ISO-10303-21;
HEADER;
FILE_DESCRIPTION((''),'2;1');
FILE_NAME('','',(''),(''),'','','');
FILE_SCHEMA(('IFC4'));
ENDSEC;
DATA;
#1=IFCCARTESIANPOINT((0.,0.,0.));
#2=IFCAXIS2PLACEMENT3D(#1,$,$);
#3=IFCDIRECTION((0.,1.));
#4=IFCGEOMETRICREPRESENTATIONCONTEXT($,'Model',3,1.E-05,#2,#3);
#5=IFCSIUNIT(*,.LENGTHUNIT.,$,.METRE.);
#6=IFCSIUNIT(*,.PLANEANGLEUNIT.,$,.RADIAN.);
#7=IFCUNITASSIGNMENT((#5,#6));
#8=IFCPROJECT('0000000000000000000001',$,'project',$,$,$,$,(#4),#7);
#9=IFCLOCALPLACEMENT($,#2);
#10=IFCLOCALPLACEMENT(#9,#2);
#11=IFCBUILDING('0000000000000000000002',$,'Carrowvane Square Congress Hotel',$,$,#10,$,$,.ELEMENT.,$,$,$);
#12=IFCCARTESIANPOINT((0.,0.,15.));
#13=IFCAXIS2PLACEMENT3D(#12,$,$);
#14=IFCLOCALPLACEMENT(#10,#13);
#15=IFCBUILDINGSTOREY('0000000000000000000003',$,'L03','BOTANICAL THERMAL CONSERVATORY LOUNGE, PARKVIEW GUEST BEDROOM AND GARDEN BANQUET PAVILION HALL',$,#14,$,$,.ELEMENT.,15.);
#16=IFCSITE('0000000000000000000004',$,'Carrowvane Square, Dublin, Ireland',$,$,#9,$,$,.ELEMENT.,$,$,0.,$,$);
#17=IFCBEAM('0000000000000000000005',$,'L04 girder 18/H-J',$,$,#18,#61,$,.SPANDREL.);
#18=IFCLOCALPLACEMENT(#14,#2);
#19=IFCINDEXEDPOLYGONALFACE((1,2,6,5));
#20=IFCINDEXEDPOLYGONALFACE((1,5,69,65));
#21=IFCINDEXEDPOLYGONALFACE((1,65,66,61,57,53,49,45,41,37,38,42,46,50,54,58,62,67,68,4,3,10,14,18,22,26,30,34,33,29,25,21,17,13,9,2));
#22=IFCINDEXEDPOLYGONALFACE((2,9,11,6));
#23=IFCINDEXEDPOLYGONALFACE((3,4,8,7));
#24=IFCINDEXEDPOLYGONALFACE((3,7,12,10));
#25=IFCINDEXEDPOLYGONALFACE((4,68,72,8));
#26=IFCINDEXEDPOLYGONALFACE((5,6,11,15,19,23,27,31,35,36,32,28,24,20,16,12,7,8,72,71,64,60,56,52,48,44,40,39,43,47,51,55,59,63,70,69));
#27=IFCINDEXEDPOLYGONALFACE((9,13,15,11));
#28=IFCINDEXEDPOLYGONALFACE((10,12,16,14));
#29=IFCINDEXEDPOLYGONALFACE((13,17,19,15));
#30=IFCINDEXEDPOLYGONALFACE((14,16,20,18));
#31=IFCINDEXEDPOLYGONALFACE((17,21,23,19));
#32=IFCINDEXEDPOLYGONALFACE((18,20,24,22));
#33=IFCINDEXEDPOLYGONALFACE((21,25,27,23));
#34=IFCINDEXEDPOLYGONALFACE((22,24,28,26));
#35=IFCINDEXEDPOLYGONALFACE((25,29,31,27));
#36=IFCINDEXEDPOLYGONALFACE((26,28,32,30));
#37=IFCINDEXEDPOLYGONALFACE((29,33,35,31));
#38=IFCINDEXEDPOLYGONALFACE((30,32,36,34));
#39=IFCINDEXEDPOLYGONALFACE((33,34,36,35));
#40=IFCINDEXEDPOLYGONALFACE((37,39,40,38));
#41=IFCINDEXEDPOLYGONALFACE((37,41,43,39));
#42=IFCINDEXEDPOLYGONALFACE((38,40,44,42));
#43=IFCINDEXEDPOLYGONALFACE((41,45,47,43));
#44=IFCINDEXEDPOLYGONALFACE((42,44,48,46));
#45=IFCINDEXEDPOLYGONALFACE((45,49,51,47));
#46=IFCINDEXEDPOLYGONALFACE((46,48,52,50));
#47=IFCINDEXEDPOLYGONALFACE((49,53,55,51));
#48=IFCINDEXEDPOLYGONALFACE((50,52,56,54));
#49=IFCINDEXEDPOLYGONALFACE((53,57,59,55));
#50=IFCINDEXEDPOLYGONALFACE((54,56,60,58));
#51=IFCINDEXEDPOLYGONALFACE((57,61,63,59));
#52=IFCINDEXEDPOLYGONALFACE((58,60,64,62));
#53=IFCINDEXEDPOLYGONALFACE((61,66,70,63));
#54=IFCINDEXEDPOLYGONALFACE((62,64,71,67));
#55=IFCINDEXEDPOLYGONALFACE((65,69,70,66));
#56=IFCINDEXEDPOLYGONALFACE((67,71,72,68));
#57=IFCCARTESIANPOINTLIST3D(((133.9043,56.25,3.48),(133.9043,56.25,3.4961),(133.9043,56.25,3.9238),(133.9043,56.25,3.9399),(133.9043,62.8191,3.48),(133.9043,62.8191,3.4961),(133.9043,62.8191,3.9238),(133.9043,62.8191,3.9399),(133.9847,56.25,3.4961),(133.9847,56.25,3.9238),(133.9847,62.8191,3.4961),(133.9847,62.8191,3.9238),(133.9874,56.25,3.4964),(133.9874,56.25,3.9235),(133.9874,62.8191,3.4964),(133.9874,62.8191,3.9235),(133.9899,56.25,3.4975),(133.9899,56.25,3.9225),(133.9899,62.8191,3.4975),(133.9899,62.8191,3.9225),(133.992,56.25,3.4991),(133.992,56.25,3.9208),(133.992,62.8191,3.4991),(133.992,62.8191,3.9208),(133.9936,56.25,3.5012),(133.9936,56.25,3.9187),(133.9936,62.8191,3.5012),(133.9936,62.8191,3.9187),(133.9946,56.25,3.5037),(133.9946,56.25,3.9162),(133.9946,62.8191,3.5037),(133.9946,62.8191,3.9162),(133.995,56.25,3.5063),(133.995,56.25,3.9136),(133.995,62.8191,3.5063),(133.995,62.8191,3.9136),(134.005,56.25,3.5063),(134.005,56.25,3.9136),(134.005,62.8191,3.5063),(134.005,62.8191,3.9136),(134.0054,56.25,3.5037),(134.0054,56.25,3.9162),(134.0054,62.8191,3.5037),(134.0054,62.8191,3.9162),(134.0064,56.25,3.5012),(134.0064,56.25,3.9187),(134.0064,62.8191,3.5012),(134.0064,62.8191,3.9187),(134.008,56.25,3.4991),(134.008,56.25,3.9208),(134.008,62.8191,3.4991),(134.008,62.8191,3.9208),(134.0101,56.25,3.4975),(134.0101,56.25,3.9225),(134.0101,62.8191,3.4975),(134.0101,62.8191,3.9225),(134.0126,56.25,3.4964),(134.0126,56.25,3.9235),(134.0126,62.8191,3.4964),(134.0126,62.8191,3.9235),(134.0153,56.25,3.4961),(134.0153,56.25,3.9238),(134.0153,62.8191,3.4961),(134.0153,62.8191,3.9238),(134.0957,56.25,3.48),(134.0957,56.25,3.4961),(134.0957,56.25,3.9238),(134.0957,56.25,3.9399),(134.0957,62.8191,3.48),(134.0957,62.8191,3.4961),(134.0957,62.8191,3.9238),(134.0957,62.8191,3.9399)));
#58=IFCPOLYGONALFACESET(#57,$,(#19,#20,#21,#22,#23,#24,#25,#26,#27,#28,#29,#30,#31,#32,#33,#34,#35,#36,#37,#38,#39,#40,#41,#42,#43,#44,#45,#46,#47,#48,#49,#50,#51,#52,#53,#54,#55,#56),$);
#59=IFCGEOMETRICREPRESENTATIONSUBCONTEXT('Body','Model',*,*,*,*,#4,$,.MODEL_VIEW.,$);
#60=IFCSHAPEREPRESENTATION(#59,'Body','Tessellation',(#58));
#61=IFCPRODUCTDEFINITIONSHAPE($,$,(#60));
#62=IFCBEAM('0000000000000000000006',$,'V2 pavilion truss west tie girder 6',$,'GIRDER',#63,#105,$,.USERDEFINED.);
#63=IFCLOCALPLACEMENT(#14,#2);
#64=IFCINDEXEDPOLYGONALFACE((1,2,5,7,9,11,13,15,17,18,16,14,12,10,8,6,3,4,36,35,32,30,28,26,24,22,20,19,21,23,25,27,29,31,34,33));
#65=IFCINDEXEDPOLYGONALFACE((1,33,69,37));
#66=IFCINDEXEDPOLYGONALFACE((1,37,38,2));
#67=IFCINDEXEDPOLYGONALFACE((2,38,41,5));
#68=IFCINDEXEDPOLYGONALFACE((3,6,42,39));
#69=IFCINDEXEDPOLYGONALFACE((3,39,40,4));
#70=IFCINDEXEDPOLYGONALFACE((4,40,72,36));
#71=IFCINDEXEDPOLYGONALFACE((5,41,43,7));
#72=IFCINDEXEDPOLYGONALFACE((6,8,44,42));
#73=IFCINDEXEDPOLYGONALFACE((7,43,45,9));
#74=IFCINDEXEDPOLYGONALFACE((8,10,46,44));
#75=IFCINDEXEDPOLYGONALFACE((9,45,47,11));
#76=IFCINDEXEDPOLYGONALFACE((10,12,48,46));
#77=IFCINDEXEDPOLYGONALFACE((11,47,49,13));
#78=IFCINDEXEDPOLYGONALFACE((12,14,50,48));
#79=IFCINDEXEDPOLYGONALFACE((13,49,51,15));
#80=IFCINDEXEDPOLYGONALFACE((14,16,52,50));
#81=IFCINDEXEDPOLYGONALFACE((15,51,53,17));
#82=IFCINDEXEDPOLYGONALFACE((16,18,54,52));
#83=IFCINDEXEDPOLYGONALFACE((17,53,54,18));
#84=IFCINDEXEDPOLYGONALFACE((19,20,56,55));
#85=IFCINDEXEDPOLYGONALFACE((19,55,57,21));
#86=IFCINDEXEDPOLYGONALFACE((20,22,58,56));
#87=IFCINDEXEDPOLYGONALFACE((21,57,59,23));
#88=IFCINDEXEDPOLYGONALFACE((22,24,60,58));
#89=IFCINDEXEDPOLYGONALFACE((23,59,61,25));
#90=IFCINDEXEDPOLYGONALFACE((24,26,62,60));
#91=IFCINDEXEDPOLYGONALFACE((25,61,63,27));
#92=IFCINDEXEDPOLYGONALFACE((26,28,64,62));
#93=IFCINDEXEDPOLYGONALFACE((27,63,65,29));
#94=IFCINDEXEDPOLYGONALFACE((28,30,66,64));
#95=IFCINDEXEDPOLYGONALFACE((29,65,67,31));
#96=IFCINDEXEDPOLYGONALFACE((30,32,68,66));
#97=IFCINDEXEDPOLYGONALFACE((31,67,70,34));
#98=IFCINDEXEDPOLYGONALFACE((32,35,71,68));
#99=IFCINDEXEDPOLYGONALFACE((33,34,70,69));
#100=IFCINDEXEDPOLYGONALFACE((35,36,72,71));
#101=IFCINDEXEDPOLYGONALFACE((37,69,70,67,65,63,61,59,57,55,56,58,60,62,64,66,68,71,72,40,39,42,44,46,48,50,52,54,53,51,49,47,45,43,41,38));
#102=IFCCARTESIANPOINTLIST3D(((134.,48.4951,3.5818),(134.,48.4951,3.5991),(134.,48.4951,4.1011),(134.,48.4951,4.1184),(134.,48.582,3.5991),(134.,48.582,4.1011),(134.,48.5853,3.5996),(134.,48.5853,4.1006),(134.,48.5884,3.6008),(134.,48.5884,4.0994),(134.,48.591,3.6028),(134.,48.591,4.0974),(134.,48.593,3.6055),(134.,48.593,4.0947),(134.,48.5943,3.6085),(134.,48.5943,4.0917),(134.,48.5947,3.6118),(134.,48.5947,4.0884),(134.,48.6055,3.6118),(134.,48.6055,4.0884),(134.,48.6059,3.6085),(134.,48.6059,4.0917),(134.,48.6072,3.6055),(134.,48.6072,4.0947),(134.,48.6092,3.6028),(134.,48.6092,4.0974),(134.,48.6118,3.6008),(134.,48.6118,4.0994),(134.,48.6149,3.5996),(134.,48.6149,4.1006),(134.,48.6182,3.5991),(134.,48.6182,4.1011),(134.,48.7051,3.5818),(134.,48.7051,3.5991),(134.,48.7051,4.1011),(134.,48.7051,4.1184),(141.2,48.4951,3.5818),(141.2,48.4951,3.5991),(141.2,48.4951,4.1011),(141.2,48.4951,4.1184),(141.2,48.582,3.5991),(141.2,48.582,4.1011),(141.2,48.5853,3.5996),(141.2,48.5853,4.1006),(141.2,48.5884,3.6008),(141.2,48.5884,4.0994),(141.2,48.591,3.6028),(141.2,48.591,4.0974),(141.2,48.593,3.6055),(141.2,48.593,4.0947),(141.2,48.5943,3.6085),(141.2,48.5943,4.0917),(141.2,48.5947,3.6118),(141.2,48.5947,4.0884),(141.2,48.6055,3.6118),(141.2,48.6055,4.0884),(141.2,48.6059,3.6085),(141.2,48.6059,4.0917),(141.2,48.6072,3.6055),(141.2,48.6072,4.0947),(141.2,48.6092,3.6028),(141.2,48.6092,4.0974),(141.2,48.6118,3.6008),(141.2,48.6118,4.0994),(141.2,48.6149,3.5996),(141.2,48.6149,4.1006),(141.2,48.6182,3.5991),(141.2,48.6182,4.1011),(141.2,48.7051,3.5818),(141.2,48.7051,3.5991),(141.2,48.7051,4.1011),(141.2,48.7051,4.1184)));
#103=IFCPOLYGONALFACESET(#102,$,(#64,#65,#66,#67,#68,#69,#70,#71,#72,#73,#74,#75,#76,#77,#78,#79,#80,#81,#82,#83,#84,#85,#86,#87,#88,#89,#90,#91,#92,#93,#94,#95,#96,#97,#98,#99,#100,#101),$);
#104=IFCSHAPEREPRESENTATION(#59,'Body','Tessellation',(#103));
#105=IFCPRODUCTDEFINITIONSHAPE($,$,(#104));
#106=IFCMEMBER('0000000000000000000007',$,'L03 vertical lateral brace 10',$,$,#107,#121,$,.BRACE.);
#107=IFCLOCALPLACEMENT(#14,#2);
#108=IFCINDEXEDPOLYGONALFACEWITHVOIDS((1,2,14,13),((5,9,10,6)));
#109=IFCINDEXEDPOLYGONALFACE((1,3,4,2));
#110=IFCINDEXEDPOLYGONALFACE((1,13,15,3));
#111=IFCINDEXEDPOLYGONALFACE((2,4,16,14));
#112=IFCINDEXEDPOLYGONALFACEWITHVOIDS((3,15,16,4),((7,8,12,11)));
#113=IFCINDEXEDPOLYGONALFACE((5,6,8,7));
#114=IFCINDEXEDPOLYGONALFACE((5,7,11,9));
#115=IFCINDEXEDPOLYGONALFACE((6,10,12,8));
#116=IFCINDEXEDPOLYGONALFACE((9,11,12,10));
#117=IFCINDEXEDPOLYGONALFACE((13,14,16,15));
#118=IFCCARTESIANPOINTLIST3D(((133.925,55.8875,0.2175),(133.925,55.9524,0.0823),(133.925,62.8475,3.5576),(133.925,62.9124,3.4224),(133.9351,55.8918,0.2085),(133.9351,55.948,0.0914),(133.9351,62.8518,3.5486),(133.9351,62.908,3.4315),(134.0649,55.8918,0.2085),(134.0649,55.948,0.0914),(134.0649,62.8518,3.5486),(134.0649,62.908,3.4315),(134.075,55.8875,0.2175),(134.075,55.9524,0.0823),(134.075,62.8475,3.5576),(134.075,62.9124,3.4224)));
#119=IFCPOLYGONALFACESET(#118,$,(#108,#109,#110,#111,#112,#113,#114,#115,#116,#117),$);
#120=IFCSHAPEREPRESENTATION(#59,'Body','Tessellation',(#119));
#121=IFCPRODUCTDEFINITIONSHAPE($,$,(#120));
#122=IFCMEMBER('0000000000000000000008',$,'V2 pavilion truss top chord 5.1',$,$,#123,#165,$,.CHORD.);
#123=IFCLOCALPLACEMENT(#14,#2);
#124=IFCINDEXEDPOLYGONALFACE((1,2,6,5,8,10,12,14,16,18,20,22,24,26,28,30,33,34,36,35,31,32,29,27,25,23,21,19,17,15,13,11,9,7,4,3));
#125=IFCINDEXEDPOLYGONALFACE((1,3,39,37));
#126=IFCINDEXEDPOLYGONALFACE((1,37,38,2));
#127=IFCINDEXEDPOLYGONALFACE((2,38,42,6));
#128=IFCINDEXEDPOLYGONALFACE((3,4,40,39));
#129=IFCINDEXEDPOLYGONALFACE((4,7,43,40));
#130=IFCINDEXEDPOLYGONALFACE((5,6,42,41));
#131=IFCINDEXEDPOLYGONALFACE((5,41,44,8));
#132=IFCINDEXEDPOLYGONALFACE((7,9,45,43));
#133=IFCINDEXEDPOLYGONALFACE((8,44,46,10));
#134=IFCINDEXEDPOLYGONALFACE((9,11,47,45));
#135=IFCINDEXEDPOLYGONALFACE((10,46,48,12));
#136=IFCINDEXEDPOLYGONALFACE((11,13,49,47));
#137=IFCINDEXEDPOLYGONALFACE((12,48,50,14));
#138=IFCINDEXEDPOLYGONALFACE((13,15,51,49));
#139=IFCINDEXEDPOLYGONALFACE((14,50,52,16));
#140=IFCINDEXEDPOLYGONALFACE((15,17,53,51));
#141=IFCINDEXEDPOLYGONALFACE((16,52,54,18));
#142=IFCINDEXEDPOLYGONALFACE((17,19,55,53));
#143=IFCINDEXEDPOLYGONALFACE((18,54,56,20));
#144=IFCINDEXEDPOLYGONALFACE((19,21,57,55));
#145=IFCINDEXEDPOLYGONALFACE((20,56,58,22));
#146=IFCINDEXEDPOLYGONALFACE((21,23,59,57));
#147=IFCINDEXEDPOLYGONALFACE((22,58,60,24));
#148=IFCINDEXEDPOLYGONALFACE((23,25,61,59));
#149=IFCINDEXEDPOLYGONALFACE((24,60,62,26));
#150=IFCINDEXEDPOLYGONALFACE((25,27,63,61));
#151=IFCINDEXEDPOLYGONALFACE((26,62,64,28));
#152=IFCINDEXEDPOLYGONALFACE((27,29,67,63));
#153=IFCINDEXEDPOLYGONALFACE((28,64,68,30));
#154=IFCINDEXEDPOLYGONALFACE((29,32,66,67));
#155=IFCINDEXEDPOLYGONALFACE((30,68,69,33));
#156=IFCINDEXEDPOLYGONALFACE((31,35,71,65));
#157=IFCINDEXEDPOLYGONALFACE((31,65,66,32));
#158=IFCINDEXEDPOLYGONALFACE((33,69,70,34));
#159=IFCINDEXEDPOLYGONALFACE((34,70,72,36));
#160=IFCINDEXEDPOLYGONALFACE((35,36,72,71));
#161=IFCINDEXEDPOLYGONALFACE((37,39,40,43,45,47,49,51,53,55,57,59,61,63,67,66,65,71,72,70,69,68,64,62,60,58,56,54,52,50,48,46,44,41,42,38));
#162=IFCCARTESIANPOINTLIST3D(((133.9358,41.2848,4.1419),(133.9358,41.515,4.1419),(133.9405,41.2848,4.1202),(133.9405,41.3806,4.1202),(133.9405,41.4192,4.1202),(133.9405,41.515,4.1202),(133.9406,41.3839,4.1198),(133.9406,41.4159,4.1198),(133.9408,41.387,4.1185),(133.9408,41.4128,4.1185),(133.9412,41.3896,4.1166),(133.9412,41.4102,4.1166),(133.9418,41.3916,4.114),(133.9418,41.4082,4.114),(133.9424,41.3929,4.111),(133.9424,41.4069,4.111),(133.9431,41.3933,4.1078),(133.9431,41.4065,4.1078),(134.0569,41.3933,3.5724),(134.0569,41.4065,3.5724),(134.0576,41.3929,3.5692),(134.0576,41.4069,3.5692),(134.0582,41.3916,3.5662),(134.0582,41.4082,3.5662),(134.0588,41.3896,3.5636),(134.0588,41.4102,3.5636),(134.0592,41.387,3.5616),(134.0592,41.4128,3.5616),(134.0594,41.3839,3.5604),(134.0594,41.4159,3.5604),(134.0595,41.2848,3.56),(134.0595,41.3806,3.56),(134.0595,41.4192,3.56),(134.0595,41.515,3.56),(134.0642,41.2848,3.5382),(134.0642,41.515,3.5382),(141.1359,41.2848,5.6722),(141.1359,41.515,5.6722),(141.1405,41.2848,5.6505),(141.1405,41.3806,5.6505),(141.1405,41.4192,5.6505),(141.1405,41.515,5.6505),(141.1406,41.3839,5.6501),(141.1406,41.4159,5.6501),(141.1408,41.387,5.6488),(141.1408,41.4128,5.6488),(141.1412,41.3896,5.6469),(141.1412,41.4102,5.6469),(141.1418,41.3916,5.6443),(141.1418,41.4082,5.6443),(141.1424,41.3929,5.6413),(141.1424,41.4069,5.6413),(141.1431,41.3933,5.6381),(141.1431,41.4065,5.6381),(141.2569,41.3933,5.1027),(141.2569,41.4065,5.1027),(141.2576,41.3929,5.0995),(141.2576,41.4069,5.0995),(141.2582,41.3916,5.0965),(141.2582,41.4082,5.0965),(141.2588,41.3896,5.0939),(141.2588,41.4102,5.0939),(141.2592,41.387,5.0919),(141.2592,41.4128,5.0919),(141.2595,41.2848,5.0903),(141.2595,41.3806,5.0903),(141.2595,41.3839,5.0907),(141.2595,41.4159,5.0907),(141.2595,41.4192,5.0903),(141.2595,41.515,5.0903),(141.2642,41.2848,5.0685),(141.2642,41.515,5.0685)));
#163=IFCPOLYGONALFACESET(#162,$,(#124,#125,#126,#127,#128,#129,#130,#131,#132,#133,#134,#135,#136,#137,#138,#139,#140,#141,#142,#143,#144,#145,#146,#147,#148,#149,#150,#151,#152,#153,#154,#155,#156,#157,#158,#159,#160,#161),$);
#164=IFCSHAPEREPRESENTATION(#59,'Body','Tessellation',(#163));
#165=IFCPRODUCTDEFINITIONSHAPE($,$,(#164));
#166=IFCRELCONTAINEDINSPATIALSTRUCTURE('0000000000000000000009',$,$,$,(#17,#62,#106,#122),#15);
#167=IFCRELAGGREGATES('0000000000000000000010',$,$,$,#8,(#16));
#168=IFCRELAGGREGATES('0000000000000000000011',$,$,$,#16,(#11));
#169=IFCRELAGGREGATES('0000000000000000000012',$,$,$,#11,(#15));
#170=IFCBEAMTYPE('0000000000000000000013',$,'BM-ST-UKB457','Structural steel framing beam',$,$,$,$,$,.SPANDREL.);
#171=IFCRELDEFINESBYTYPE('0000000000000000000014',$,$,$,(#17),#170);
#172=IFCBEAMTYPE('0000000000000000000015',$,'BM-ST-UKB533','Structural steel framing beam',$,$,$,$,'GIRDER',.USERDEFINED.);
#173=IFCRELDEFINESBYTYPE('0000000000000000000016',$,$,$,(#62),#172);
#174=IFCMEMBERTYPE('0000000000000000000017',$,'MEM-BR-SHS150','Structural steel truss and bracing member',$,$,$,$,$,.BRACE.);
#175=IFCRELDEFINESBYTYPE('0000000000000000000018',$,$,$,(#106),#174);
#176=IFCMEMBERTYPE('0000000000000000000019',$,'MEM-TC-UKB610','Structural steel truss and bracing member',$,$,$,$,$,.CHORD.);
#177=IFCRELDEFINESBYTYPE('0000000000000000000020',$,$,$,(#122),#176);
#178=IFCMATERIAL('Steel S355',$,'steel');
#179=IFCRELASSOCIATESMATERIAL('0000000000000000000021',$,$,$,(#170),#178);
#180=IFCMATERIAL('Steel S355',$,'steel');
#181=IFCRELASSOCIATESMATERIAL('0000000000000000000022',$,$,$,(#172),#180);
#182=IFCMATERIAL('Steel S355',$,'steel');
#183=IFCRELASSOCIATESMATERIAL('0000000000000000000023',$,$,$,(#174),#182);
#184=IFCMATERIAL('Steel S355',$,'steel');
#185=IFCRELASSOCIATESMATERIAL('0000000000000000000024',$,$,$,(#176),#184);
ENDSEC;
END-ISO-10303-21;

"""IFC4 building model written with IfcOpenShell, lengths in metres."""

from ifc_helpers import new_model, si_unit, direction, frame, origin, origin_2d, place, context, subcontext, project, spatial, hollow_rectangle, i_section, extrude, material, material_profile, profile_set, type_object, element, save


model = new_model("IFC4")

# Units and contexts
model_context = context("Model", 3, precision=1e-05, world=origin(), true_north=direction((0.0, 1.0)))
body_context = subcontext(model_context, "Body", "Model", "MODEL_VIEW")
ifc_project = project(units=[si_unit("LENGTHUNIT", "METRE"), si_unit("PLANEANGLEUNIT", "RADIAN")], contexts=[model_context])

# Site, building, storey
site_placement = place(None, origin())
site = spatial("IfcSite", under=ifc_project, at=site_placement, Name="Carrowvane Square, Dublin, Ireland", CompositionType="ELEMENT", RefElevation=0.0)
building_placement = place(site_placement, origin())
building = spatial("IfcBuilding", under=site, at=building_placement, Name="Carrowvane Square Congress Hotel", CompositionType="ELEMENT")
storey_placement = place(building_placement, frame((0.0, 0.0, 15.0)))
storey = spatial("IfcBuildingStorey", under=building, at=storey_placement, Name="L03", Description="BOTANICAL THERMAL CONSERVATORY LOUNGE, PARKVIEW GUEST BEDROOM AND GARDEN BANQUET PAVILION HALL", CompositionType="ELEMENT", Elevation=15.0)

# Beams
ifc_material_1 = material(Name="Steel S355", Category="steel")
ifc_material_profile_1 = material_profile(ifc_material_1, i_section(OverallWidth=0.1914, OverallDepth=0.46, WebThickness=0.01, FlangeThickness=0.0161, FilletRadius=0.0103, at=origin_2d()), Name="UKB 457x191x82")
ifc_profile_set_1 = profile_set([ifc_material_profile_1], Name="Steel S355")
beam_type_1 = type_object("IfcBeamType", Name="BM-ST-UKB457", Description="Structural steel framing beam", PredefinedType="SPANDREL", material=ifc_profile_set_1)
beam_1_placement = place(storey_placement, frame((134.0, 56.25, 3.71), z_axis=(0.0, 1.0, 0.0), x_axis=(-1.0, 0.0, 0.0)))
element("IfcBeam", 1, at=beam_1_placement, inside=storey, type_object=beam_type_1, Name="L04 girder 18/H-J", PredefinedType="SPANDREL", context=body_context, shape_type="SweptSolid", body=[
    extrude(i_section(OverallWidth=0.1914, OverallDepth=0.46, WebThickness=0.01, FlangeThickness=0.0161, FilletRadius=0.0103, at=origin_2d()), origin(), (0.0, 0.0, 1.0), 6.5691),
])
ifc_material_2 = material(Name="Steel S355", Category="steel")
ifc_material_profile_2 = material_profile(ifc_material_2, i_section(OverallWidth=0.21, OverallDepth=0.5366, WebThickness=0.0107, FlangeThickness=0.0173, FilletRadius=0.0127, at=origin_2d()), Name="UKB 533x210x101")
ifc_profile_set_2 = profile_set([ifc_material_profile_2], Name="Steel S355")
beam_type_2 = type_object("IfcBeamType", Name="BM-ST-UKB533", Description="Structural steel framing beam", ElementType="GIRDER", PredefinedType="USERDEFINED", material=ifc_profile_set_2)
beam_2_placement = place(storey_placement, frame((134.0, 48.6001, 3.8501), z_axis=(1.0, 0.0, 0.0), x_axis=(0.0, 1.0, 0.0)))
element("IfcBeam", 2, at=beam_2_placement, inside=storey, type_object=beam_type_2, Name="V2 pavilion truss west tie girder 6", ObjectType="GIRDER", PredefinedType="USERDEFINED", context=body_context, shape_type="SweptSolid", body=[
    extrude(i_section(OverallWidth=0.21, OverallDepth=0.5366, WebThickness=0.0107, FlangeThickness=0.0173, FilletRadius=0.0127, at=origin_2d()), origin(), (0.0, 0.0, 1.0), 7.2),
])

# Members
ifc_material_3 = material(Name="Steel S355", Category="steel")
ifc_material_profile_3 = material_profile(ifc_material_3, hollow_rectangle(XDim=0.1499, YDim=0.1499, WallThickness=0.01, at=origin_2d()), Name="SHS 150x150x10")
ifc_profile_set_3 = profile_set([ifc_material_profile_3], Name="Steel S355")
member_type_1 = type_object("IfcMemberType", Name="MEM-BR-SHS150", Description="Structural steel truss and bracing member", PredefinedType="BRACE", material=ifc_profile_set_3)
member_placement = place(storey_placement, frame((134.0, 55.9199, 0.1499), z_axis=(0.0, 0.901558, 0.432658), x_axis=(-1.0, 0.0, 0.0)))
element("IfcMember", 3, at=member_placement, inside=storey, type_object=member_type_1, Name="L03 vertical lateral brace 10", PredefinedType="BRACE", context=body_context, shape_type="SweptSolid", body=[
    extrude(hollow_rectangle(XDim=0.1499, YDim=0.1499, WallThickness=0.01, at=origin_2d()), origin(), (0.0, 0.0, 1.0), 7.72),
])
ifc_material_4 = material(Name="Steel S355", Category="steel")
ifc_material_profile_4 = material_profile(ifc_material_4, i_section(OverallWidth=0.2302, OverallDepth=0.6172, WebThickness=0.0132, FlangeThickness=0.0222, FilletRadius=0.0127, at=origin_2d()), Name="UKB 610x229x140")
ifc_profile_set_4 = profile_set([ifc_material_profile_4], Name="Steel S355")
member_type_2 = type_object("IfcMemberType", Name="MEM-TC-UKB610", Description="Structural steel truss and bracing member", PredefinedType="CHORD", material=ifc_profile_set_4)
for number, where, z_axis, x_axis, name in (
    (4, (134.0, 41.3999, 3.8401), (0.978151, 0.0, 0.207896), (0.0, 1.0, 0.0), "V2 pavilion truss top chord 5.1"),
):
    element("IfcMember", number, at=place(storey_placement, frame(where, z_axis=z_axis, x_axis=x_axis)), inside=storey, type_object=member_type_2, Name=name, PredefinedType="CHORD", context=body_context, shape_type="SweptSolid", body=[
        extrude(i_section(OverallWidth=0.2302, OverallDepth=0.6172, WebThickness=0.0132, FlangeThickness=0.0222, FilletRadius=0.0127, at=origin_2d()), origin(), (0.0, 0.0, 1.0), 7.3608),
    ])

save(model, "model.ifc")
